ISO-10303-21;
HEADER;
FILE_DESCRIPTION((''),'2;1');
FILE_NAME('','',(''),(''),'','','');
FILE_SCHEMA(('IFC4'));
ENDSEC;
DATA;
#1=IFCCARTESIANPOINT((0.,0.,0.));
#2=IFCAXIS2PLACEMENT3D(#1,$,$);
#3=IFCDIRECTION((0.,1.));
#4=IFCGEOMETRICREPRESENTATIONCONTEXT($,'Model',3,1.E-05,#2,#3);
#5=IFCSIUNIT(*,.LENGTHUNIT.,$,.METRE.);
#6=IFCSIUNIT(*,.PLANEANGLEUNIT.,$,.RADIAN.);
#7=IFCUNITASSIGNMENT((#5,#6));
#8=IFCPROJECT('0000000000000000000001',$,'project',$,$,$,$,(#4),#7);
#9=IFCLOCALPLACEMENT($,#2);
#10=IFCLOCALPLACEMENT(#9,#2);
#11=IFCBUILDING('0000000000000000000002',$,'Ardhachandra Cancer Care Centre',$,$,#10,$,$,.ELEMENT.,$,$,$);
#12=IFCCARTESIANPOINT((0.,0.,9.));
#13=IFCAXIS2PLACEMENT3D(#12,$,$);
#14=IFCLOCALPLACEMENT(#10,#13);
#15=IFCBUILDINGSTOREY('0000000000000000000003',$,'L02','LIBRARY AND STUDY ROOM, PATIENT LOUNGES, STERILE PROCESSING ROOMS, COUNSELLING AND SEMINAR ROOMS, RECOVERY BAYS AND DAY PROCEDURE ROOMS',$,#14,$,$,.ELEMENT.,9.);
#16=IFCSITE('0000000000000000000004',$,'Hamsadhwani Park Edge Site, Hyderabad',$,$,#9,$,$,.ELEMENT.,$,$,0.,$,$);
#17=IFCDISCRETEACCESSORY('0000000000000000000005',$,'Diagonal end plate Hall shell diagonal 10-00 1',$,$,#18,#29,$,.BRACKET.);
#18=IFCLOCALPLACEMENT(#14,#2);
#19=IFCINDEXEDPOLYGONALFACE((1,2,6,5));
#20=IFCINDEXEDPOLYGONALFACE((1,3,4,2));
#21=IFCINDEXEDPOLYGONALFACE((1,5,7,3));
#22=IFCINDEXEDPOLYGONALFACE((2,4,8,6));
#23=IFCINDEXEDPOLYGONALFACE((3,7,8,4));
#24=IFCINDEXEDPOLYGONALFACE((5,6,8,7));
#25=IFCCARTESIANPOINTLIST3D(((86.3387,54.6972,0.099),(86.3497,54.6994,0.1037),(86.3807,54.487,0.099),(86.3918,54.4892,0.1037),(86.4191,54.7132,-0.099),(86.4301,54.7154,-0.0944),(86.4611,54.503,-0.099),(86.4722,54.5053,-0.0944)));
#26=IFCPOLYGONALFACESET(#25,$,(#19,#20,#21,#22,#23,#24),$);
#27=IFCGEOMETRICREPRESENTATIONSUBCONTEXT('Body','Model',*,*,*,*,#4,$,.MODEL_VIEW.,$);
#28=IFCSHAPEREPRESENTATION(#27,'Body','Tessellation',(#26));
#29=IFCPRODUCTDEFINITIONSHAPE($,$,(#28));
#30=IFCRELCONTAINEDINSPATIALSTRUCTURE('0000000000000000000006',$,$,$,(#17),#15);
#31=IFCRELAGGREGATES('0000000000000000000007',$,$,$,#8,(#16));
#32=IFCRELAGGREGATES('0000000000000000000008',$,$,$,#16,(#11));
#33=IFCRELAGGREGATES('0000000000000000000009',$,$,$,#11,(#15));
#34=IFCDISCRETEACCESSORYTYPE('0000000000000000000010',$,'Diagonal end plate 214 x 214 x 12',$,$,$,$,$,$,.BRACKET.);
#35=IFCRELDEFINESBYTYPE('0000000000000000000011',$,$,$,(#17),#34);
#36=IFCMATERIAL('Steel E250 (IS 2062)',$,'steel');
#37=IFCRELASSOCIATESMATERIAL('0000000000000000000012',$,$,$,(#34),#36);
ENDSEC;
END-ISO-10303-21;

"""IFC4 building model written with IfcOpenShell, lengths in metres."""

from ifc_helpers import new_model, si_unit, direction, frame, origin, origin_2d, place, context, subcontext, project, spatial, rectangle, extrude, material, material_profile, profile_set, type_object, element, save


model = new_model("IFC4")

# Units and contexts
model_context = context("Model", 3, precision=1e-05, world=origin(), true_north=direction((0.0, 1.0)))
body_context = subcontext(model_context, "Body", "Model", "MODEL_VIEW")
ifc_project = project(units=[si_unit("LENGTHUNIT", "METRE"), si_unit("PLANEANGLEUNIT", "RADIAN")], contexts=[model_context])

# Site, building, storey
site_placement = place(None, origin())
site = spatial("IfcSite", under=ifc_project, at=site_placement, Name="Hamsadhwani Park Edge Site, Hyderabad", CompositionType="ELEMENT", RefElevation=0.0)
building_placement = place(site_placement, origin())
building = spatial("IfcBuilding", under=site, at=building_placement, Name="Ardhachandra Cancer Care Centre", CompositionType="ELEMENT")
storey_placement = place(building_placement, frame((0.0, 0.0, 9.0)))
storey = spatial("IfcBuildingStorey", under=building, at=storey_placement, Name="L02", Description="LIBRARY AND STUDY ROOM, PATIENT LOUNGES, STERILE PROCESSING ROOMS, COUNSELLING AND SEMINAR ROOMS, RECOVERY BAYS AND DAY PROCEDURE ROOMS", CompositionType="ELEMENT", Elevation=9.0)

# Discrete accessory
ifc_material_1 = material(Name="Steel E250 (IS 2062)", Category="steel")
ifc_material_profile_1 = material_profile(ifc_material_1, rectangle(XDim=0.2144, YDim=0.2144, at=origin_2d()), Name="PL 214x214x12")
ifc_profile_set_1 = profile_set([ifc_material_profile_1], Name="Steel E250 (IS 2062)")
discrete_accessory_type = type_object("IfcDiscreteAccessoryType", Name="Diagonal end plate 214 x 214 x 12", PredefinedType="BRACKET", material=ifc_profile_set_1)
for number, where, z_axis, x_axis, name in (
    (1, (86.3999, 54.6001, 0.0), (0.905999, 0.1812, 0.382533), (-0.196116, 0.980581, 0.0), "Diagonal end plate Hall shell diagonal 10-00 1"),
):
    element("IfcDiscreteAccessory", number, at=place(storey_placement, frame(where, z_axis=z_axis, x_axis=x_axis)), inside=storey, type_object=discrete_accessory_type, Name=name, PredefinedType="BRACKET", context=body_context, shape_type="SweptSolid", body=[
        extrude(rectangle(XDim=0.2144, YDim=0.2144, at=origin_2d()), origin(), (0.0, 0.0, 1.0), 0.0122),
    ])

save(model, "model.ifc")
